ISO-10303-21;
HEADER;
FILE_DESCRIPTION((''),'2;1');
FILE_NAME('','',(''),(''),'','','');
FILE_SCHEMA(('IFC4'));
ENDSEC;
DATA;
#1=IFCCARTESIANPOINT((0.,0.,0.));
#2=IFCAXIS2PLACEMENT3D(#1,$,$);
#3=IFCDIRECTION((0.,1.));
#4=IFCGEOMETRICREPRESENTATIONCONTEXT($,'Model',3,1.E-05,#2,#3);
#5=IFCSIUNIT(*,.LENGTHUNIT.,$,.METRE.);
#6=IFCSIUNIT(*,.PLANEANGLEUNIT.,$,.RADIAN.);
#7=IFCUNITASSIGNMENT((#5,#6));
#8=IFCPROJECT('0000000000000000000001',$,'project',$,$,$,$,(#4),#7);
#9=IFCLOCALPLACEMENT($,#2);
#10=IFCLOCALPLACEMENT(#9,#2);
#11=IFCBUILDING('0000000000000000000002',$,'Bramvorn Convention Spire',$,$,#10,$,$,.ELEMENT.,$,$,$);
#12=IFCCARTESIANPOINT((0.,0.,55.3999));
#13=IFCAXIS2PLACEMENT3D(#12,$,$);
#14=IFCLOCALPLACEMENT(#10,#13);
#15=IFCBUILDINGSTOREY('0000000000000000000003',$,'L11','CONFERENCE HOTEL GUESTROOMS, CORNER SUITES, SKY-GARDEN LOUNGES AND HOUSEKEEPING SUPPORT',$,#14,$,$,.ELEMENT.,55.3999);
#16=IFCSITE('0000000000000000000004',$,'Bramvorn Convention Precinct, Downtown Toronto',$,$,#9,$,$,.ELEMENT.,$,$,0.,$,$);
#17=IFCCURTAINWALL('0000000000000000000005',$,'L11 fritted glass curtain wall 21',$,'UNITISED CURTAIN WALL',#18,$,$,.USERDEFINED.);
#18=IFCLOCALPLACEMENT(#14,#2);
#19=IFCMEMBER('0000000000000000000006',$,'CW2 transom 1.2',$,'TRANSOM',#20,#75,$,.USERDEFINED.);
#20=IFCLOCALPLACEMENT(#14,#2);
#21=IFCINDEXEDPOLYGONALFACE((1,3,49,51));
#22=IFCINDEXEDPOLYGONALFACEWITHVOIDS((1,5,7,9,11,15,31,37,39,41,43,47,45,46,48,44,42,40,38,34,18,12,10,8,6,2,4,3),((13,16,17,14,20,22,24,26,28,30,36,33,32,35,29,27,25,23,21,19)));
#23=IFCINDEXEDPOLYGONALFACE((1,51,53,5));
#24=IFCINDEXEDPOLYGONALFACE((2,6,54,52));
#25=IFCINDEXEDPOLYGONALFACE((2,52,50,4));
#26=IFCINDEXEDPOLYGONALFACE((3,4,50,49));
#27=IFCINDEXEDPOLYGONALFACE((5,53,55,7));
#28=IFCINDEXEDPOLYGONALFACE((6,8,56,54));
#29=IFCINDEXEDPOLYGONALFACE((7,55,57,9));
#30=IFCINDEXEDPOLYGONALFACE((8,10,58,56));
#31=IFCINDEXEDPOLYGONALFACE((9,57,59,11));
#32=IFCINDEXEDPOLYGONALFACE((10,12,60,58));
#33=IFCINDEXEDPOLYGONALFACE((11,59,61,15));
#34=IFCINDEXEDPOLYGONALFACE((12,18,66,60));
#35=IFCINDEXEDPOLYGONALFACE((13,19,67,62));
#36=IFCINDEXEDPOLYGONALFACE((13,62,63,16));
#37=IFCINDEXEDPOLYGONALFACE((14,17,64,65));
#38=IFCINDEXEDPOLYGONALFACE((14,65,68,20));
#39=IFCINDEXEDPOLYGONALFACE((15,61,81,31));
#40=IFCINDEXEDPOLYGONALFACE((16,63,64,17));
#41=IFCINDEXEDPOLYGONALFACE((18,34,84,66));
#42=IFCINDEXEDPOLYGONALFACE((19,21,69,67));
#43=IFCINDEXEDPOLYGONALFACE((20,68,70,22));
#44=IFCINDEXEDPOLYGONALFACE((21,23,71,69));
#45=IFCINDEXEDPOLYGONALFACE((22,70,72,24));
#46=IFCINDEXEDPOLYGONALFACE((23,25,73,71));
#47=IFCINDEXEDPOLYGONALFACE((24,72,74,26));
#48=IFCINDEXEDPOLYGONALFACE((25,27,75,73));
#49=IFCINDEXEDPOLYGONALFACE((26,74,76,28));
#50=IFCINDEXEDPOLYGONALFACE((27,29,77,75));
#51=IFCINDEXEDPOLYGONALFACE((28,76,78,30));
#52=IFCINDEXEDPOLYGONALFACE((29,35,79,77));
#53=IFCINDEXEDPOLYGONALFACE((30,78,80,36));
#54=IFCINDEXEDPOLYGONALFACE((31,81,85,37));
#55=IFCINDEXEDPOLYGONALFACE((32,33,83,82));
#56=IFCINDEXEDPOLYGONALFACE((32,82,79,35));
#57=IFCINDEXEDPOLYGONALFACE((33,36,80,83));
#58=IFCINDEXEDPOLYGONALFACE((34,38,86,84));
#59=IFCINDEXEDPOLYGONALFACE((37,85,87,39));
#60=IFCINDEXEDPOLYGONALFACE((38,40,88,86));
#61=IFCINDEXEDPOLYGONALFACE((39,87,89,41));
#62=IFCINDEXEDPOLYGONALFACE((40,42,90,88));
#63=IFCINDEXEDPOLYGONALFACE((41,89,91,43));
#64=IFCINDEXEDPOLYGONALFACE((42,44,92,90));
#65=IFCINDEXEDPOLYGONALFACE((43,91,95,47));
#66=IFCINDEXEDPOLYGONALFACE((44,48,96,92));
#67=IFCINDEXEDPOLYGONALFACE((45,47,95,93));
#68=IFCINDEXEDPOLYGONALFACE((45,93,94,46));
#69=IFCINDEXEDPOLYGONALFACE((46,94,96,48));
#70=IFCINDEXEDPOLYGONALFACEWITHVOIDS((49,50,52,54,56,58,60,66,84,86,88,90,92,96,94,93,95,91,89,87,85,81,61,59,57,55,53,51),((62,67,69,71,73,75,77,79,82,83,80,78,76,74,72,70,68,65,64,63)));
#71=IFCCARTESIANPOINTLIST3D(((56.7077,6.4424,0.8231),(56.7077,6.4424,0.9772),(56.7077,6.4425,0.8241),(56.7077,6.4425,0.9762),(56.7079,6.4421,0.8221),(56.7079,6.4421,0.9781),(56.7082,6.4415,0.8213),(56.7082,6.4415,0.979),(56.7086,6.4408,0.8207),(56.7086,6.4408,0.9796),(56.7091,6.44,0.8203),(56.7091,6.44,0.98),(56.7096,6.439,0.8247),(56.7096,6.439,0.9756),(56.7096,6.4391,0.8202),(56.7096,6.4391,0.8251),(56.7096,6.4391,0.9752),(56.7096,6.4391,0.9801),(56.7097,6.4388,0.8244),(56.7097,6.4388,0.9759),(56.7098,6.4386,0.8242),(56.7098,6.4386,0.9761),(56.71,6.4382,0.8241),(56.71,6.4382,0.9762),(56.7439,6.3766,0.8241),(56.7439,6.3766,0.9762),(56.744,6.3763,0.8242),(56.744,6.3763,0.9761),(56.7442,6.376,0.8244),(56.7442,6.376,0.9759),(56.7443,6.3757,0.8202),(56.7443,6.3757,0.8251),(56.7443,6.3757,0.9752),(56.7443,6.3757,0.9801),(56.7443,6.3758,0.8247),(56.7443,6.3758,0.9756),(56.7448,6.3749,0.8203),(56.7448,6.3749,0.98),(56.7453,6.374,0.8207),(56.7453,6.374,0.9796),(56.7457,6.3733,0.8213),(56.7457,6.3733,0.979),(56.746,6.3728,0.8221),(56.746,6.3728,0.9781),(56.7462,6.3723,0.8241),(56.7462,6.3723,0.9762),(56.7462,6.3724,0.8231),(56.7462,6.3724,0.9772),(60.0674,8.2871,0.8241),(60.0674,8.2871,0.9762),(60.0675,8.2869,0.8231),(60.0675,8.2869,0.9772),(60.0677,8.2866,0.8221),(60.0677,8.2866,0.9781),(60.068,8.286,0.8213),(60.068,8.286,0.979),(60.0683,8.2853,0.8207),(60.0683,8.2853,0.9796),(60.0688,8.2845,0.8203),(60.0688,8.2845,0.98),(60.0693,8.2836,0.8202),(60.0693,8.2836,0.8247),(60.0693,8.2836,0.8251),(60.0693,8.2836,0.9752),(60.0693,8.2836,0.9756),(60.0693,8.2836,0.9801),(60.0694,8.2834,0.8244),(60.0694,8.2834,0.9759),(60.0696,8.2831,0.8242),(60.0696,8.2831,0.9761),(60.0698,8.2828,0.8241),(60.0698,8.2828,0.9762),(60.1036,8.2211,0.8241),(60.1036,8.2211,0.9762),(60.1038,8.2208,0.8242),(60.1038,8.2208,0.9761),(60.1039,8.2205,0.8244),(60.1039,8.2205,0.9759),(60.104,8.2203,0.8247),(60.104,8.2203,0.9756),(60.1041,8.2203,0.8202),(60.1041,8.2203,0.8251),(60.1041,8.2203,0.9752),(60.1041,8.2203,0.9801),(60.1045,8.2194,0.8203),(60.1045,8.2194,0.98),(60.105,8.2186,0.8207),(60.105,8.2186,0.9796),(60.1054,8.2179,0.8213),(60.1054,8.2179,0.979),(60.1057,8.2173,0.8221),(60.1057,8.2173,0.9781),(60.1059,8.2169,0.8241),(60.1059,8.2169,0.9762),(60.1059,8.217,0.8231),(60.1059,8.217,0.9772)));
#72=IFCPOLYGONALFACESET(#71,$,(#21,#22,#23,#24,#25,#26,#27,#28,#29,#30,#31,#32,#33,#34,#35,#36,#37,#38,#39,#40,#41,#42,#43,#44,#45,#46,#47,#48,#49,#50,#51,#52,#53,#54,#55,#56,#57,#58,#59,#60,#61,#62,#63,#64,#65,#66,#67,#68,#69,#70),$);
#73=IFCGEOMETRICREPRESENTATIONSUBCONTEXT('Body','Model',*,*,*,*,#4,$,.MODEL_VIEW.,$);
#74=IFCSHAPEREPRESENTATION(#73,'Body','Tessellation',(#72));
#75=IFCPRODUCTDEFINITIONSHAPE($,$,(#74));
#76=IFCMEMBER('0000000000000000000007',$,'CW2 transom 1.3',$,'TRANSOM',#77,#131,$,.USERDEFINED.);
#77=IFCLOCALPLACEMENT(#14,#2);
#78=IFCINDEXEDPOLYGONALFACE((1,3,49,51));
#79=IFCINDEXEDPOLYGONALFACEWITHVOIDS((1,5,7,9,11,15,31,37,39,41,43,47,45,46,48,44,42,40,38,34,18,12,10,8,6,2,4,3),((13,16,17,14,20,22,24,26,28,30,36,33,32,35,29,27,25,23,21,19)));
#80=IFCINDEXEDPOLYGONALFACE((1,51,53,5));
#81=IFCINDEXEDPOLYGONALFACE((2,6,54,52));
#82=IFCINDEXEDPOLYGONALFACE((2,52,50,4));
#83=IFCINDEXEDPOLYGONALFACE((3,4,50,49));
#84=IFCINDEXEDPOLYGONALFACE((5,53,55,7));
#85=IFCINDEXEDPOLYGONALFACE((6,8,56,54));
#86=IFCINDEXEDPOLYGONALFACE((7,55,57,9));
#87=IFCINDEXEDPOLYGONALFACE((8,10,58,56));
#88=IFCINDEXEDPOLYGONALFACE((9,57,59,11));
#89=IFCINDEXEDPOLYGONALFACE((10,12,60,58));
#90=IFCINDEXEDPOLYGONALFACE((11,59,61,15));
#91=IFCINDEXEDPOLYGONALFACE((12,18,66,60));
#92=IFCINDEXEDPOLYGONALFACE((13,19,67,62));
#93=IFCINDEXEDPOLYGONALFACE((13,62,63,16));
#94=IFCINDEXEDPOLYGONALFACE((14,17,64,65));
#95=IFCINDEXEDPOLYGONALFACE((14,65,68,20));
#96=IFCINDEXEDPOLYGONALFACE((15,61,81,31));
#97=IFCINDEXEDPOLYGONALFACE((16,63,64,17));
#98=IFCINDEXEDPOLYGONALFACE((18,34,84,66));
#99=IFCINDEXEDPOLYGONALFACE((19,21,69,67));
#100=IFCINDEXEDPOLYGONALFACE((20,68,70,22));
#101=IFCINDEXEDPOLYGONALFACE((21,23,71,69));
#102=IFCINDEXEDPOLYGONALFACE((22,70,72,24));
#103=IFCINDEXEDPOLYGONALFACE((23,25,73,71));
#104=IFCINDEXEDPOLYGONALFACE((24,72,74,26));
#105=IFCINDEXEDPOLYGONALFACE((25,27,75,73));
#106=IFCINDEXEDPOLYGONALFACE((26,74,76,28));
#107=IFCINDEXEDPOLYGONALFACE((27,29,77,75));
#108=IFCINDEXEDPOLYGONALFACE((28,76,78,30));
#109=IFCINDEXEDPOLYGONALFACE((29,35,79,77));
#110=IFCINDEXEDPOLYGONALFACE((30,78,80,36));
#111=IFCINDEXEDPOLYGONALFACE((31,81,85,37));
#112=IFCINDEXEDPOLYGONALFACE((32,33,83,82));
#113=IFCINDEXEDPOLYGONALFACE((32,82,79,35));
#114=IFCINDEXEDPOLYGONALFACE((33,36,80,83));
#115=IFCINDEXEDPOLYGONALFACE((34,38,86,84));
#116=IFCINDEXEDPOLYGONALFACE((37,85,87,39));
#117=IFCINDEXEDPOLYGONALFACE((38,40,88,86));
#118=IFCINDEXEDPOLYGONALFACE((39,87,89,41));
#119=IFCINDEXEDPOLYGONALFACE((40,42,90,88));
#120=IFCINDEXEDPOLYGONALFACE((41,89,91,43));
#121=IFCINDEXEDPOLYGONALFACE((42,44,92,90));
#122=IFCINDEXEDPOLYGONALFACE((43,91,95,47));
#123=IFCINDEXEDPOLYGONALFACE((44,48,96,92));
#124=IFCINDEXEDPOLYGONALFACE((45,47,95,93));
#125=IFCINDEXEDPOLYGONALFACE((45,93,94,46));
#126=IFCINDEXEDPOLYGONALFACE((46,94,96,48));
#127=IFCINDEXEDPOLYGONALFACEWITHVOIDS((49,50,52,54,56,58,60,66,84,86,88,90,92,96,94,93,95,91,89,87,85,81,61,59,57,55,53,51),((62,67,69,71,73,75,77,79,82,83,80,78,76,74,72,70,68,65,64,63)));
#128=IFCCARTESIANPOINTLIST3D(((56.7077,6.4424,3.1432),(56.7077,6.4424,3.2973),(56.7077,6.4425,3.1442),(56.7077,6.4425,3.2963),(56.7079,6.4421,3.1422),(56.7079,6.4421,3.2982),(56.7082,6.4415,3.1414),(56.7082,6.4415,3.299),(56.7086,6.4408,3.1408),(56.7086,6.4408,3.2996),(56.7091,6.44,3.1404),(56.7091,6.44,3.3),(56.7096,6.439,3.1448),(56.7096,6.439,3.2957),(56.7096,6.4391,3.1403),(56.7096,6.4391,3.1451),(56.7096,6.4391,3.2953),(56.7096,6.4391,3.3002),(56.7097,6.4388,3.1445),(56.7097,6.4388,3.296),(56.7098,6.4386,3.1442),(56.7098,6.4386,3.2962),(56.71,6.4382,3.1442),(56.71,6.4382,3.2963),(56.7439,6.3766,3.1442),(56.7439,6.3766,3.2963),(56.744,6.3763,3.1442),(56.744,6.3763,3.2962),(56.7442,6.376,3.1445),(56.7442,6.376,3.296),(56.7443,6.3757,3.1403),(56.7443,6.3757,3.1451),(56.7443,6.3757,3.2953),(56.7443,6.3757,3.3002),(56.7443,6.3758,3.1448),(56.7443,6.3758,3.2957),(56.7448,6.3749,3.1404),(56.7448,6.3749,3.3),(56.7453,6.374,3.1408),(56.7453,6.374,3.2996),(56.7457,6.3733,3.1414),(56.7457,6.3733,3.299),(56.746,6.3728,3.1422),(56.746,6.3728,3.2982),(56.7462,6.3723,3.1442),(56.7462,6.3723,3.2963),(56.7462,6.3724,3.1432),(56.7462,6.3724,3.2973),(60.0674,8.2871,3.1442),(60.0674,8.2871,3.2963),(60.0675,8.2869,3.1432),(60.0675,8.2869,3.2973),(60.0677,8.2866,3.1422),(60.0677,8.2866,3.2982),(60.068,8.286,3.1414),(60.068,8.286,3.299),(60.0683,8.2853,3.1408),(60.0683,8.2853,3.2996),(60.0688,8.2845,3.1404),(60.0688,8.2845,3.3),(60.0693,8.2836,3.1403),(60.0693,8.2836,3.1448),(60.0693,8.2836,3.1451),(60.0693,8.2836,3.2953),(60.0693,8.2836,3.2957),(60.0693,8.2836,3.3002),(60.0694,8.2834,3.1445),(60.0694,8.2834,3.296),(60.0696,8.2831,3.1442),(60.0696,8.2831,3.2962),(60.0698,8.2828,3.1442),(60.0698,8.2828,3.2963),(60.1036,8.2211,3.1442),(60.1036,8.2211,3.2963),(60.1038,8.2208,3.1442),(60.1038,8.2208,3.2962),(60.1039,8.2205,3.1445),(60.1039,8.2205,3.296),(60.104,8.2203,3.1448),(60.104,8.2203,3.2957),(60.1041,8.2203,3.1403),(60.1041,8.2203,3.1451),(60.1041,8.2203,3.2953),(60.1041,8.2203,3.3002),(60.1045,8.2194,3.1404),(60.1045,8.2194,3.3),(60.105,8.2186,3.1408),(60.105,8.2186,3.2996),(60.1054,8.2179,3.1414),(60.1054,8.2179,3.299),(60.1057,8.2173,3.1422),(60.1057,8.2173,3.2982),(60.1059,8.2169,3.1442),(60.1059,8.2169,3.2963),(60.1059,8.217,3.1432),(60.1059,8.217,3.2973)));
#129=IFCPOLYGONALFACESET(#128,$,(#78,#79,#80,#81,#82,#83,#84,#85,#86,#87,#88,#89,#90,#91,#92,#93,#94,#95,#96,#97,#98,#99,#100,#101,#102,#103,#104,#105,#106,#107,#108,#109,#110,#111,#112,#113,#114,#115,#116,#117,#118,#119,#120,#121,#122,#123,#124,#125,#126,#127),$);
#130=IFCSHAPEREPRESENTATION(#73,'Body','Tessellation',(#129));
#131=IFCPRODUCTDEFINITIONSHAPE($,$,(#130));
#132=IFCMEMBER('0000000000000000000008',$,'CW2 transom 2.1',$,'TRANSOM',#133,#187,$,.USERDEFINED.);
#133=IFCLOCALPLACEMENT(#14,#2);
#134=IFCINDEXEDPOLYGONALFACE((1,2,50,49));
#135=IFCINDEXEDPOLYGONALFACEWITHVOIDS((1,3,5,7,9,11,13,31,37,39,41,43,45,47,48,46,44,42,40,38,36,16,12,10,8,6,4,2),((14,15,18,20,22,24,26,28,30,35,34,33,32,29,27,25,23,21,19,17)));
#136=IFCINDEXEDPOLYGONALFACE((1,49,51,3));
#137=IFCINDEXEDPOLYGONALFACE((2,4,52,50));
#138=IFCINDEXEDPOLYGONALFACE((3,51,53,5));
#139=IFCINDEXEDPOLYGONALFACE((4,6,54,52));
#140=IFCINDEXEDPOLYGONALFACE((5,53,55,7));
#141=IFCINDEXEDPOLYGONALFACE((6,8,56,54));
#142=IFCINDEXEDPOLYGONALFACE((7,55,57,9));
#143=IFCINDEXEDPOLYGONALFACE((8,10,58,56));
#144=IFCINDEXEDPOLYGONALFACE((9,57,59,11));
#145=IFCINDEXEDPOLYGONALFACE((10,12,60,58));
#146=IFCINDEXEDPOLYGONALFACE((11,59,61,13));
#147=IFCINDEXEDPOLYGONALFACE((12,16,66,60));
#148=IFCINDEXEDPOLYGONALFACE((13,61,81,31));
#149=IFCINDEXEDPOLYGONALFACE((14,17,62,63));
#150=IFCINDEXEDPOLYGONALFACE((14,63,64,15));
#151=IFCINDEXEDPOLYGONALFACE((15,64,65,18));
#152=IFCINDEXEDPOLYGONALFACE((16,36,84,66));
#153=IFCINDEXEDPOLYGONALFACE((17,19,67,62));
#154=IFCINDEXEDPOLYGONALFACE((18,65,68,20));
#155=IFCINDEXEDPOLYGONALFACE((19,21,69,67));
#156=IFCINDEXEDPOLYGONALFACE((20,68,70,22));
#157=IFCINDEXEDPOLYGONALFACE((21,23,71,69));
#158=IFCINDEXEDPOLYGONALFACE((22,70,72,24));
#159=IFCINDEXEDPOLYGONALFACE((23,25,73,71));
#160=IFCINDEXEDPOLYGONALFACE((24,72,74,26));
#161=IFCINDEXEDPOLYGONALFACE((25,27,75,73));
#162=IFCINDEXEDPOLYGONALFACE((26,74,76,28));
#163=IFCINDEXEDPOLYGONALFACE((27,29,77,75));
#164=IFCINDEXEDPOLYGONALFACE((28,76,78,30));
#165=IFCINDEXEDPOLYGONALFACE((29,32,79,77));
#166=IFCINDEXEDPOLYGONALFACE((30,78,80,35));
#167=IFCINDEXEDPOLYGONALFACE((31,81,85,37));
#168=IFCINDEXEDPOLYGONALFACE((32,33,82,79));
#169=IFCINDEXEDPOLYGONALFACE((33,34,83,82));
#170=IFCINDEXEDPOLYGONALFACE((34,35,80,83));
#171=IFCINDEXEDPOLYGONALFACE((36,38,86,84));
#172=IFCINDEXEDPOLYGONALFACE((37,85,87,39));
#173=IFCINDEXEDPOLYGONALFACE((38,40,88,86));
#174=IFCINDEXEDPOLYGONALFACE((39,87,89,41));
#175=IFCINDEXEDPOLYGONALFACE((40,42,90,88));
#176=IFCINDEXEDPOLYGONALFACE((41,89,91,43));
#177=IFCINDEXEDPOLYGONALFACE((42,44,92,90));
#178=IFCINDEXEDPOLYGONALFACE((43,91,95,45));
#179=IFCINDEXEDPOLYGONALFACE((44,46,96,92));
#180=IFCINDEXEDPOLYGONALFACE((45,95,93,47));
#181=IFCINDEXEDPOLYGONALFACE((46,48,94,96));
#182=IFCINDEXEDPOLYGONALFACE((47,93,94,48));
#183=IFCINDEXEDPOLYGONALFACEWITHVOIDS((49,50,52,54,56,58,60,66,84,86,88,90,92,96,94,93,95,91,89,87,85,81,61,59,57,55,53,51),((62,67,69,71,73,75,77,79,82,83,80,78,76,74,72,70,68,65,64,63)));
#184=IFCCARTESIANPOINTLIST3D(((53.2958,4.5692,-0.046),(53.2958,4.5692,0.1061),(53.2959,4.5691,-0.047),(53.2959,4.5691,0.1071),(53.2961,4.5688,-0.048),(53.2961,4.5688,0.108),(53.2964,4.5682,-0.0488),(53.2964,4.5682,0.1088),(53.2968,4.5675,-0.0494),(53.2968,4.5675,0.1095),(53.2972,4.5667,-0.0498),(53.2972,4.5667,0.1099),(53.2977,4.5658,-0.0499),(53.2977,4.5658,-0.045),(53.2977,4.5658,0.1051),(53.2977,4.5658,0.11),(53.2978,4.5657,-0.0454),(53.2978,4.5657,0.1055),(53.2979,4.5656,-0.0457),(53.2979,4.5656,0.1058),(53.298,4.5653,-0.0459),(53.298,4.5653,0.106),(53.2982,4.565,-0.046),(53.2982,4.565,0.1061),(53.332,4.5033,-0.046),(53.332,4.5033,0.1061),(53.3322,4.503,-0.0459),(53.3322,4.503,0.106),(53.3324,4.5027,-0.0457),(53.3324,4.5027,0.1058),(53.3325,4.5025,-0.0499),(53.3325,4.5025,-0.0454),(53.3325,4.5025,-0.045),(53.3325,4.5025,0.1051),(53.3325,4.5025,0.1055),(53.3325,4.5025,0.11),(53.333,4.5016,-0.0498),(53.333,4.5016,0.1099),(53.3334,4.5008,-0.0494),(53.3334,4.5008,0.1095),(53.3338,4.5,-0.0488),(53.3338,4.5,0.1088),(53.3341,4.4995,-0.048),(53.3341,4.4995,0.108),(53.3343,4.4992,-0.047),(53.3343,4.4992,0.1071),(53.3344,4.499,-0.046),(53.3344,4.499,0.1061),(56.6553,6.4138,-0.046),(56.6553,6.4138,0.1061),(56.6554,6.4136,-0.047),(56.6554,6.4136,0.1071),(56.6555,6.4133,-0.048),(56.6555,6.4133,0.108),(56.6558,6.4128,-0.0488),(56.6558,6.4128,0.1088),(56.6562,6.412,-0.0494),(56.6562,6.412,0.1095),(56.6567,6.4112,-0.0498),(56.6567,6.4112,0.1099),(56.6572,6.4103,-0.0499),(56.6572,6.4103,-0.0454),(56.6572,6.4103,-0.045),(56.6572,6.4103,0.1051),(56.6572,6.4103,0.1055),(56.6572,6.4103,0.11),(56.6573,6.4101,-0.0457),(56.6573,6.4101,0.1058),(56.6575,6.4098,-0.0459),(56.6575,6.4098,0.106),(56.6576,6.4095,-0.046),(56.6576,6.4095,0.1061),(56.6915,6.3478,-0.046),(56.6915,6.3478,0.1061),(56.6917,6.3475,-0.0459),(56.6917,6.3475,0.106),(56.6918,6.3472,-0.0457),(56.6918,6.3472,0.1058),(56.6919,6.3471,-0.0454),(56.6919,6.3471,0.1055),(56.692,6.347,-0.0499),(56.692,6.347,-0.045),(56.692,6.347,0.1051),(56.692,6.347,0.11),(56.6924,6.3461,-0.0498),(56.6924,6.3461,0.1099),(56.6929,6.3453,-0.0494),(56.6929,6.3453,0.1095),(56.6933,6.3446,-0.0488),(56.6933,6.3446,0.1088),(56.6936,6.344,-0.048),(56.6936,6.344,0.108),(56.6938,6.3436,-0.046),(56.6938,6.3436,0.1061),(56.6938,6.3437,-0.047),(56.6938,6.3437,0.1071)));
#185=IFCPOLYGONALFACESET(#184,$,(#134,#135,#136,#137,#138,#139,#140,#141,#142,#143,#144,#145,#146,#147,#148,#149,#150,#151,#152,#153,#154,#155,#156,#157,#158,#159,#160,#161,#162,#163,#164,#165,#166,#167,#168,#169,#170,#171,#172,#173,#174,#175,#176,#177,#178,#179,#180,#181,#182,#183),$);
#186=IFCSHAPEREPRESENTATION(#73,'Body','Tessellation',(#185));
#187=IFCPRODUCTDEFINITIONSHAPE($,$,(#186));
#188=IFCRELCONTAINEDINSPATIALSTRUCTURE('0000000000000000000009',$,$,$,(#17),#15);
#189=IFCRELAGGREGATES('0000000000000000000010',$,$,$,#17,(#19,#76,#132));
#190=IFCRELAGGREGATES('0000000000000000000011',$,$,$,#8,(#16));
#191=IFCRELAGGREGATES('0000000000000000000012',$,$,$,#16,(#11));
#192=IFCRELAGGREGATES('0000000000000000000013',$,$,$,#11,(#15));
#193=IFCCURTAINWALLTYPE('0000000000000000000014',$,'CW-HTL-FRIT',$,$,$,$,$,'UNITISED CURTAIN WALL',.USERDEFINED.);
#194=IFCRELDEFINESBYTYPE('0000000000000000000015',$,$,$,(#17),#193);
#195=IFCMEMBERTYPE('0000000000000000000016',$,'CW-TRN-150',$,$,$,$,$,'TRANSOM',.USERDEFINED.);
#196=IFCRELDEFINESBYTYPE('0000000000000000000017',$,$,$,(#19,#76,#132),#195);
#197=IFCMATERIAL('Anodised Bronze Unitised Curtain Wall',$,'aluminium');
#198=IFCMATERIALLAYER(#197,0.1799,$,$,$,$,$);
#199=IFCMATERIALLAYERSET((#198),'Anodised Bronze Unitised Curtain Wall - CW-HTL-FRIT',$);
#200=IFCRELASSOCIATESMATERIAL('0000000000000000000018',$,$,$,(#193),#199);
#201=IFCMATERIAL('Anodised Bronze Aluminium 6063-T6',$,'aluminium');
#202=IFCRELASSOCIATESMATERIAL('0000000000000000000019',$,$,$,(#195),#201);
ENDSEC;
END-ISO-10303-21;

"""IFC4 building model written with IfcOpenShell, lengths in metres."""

from ifc_helpers import new_model, si_unit, direction, frame, origin, origin_2d, place, context, subcontext, project, spatial, hollow_rectangle, extrude, material, layer, layer_set, material_profile, profile_set, type_object, element, aggregate, save


model = new_model("IFC4")

# Units and contexts
model_context = context("Model", 3, precision=1e-05, world=origin(), true_north=direction((0.0, 1.0)))
body_context = subcontext(model_context, "Body", "Model", "MODEL_VIEW")
ifc_project = project(units=[si_unit("LENGTHUNIT", "METRE"), si_unit("PLANEANGLEUNIT", "RADIAN")], contexts=[model_context])

# Site, building, storey
site_placement = place(None, origin())
site = spatial("IfcSite", under=ifc_project, at=site_placement, Name="Bramvorn Convention Precinct, Downtown Toronto", CompositionType="ELEMENT", RefElevation=0.0)
building_placement = place(site_placement, origin())
building = spatial("IfcBuilding", under=site, at=building_placement, Name="Bramvorn Convention Spire", CompositionType="ELEMENT")
storey_placement = place(building_placement, frame((0.0, 0.0, 55.3999)))
storey = spatial("IfcBuildingStorey", under=building, at=storey_placement, Name="L11", Description="CONFERENCE HOTEL GUESTROOMS, CORNER SUITES, SKY-GARDEN LOUNGES AND HOUSEKEEPING SUPPORT", CompositionType="ELEMENT", Elevation=55.3999)

# Curtain wall
ifc_material_1 = material(Name="Anodised Bronze Unitised Curtain Wall", Category="aluminium")
ifc_layer_1 = layer(ifc_material_1, 0.1799)
ifc_layer_set_1 = layer_set([ifc_layer_1], Name="Anodised Bronze Unitised Curtain Wall - CW-HTL-FRIT")
curtain_wall_type_1 = type_object("IfcCurtainWallType", Name="CW-HTL-FRIT", ElementType="UNITISED CURTAIN WALL", PredefinedType="USERDEFINED", material=ifc_layer_set_1)
curtain_wall_1_placement = place(storey_placement, origin())
curtain_wall_1 = element("IfcCurtainWall", 1, at=curtain_wall_1_placement, inside=storey, type_object=curtain_wall_type_1, Name="L11 fritted glass curtain wall 21", ObjectType="UNITISED CURTAIN WALL", PredefinedType="USERDEFINED")
ifc_material_2 = material(Name="Anodised Bronze Aluminium 6063-T6", Category="aluminium")

# Members
ifc_material_profile_1 = material_profile(ifc_material_2, hollow_rectangle(XDim=0.0801, YDim=0.1599, WallThickness=0.0039, InnerFilletRadius=0.001, OuterFilletRadius=0.0039, at=origin_2d()))
ifc_profile_set_1 = profile_set([ifc_material_profile_1], Name="Anodised Bronze Aluminium 6063-T6 - CWT80X160")
member_type_1 = type_object("IfcMemberType", Name="CW-TRN-150", ElementType="TRANSOM", PredefinedType="USERDEFINED", material=ifc_profile_set_1)
member_1_placement = place(storey_placement, frame((60.0867, 8.252, 0.9001), z_axis=(-0.87658, -0.481256, 0.0), x_axis=(0.481256, -0.87658, 0.0)))
member_1 = element("IfcMember", 2, at=member_1_placement, type_object=member_type_1, Name="CW2 transom 1.2", ObjectType="TRANSOM", PredefinedType="USERDEFINED", context=body_context, shape_type="SweptSolid", body=[
    extrude(hollow_rectangle(XDim=0.0801, YDim=0.1599, WallThickness=0.0039, InnerFilletRadius=0.001, OuterFilletRadius=0.0039, at=origin_2d()), origin(), (0.0, 0.0, 1.0), 3.8328),
])
member_2_placement = place(storey_placement, frame((60.0867, 8.252, 3.2202), z_axis=(-0.87658, -0.481256, 0.0), x_axis=(0.481256, -0.87658, 0.0)))
member_2 = element("IfcMember", 3, at=member_2_placement, type_object=member_type_1, Name="CW2 transom 1.3", ObjectType="TRANSOM", PredefinedType="USERDEFINED", context=body_context, shape_type="SweptSolid", body=[
    extrude(hollow_rectangle(XDim=0.0801, YDim=0.1599, WallThickness=0.0039, InnerFilletRadius=0.001, OuterFilletRadius=0.0039, at=origin_2d()), origin(), (0.0, 0.0, 1.0), 3.8328),
])
member_3_placement = place(storey_placement, frame((56.6746, 6.3787, 0.03), z_axis=(-0.876565, -0.481283, 0.0), x_axis=(0.481283, -0.876565, 0.0)))
member_3 = element("IfcMember", 4, at=member_3_placement, type_object=member_type_1, Name="CW2 transom 2.1", ObjectType="TRANSOM", PredefinedType="USERDEFINED", context=body_context, shape_type="SweptSolid", body=[
    extrude(hollow_rectangle(XDim=0.0801, YDim=0.1599, WallThickness=0.0039, InnerFilletRadius=0.001, OuterFilletRadius=0.0039, at=origin_2d()), origin(), (0.0, 0.0, 1.0), 3.8325),
])

aggregate(curtain_wall_1, [member_1, member_2, member_3])

save(model, "model.ifc")
